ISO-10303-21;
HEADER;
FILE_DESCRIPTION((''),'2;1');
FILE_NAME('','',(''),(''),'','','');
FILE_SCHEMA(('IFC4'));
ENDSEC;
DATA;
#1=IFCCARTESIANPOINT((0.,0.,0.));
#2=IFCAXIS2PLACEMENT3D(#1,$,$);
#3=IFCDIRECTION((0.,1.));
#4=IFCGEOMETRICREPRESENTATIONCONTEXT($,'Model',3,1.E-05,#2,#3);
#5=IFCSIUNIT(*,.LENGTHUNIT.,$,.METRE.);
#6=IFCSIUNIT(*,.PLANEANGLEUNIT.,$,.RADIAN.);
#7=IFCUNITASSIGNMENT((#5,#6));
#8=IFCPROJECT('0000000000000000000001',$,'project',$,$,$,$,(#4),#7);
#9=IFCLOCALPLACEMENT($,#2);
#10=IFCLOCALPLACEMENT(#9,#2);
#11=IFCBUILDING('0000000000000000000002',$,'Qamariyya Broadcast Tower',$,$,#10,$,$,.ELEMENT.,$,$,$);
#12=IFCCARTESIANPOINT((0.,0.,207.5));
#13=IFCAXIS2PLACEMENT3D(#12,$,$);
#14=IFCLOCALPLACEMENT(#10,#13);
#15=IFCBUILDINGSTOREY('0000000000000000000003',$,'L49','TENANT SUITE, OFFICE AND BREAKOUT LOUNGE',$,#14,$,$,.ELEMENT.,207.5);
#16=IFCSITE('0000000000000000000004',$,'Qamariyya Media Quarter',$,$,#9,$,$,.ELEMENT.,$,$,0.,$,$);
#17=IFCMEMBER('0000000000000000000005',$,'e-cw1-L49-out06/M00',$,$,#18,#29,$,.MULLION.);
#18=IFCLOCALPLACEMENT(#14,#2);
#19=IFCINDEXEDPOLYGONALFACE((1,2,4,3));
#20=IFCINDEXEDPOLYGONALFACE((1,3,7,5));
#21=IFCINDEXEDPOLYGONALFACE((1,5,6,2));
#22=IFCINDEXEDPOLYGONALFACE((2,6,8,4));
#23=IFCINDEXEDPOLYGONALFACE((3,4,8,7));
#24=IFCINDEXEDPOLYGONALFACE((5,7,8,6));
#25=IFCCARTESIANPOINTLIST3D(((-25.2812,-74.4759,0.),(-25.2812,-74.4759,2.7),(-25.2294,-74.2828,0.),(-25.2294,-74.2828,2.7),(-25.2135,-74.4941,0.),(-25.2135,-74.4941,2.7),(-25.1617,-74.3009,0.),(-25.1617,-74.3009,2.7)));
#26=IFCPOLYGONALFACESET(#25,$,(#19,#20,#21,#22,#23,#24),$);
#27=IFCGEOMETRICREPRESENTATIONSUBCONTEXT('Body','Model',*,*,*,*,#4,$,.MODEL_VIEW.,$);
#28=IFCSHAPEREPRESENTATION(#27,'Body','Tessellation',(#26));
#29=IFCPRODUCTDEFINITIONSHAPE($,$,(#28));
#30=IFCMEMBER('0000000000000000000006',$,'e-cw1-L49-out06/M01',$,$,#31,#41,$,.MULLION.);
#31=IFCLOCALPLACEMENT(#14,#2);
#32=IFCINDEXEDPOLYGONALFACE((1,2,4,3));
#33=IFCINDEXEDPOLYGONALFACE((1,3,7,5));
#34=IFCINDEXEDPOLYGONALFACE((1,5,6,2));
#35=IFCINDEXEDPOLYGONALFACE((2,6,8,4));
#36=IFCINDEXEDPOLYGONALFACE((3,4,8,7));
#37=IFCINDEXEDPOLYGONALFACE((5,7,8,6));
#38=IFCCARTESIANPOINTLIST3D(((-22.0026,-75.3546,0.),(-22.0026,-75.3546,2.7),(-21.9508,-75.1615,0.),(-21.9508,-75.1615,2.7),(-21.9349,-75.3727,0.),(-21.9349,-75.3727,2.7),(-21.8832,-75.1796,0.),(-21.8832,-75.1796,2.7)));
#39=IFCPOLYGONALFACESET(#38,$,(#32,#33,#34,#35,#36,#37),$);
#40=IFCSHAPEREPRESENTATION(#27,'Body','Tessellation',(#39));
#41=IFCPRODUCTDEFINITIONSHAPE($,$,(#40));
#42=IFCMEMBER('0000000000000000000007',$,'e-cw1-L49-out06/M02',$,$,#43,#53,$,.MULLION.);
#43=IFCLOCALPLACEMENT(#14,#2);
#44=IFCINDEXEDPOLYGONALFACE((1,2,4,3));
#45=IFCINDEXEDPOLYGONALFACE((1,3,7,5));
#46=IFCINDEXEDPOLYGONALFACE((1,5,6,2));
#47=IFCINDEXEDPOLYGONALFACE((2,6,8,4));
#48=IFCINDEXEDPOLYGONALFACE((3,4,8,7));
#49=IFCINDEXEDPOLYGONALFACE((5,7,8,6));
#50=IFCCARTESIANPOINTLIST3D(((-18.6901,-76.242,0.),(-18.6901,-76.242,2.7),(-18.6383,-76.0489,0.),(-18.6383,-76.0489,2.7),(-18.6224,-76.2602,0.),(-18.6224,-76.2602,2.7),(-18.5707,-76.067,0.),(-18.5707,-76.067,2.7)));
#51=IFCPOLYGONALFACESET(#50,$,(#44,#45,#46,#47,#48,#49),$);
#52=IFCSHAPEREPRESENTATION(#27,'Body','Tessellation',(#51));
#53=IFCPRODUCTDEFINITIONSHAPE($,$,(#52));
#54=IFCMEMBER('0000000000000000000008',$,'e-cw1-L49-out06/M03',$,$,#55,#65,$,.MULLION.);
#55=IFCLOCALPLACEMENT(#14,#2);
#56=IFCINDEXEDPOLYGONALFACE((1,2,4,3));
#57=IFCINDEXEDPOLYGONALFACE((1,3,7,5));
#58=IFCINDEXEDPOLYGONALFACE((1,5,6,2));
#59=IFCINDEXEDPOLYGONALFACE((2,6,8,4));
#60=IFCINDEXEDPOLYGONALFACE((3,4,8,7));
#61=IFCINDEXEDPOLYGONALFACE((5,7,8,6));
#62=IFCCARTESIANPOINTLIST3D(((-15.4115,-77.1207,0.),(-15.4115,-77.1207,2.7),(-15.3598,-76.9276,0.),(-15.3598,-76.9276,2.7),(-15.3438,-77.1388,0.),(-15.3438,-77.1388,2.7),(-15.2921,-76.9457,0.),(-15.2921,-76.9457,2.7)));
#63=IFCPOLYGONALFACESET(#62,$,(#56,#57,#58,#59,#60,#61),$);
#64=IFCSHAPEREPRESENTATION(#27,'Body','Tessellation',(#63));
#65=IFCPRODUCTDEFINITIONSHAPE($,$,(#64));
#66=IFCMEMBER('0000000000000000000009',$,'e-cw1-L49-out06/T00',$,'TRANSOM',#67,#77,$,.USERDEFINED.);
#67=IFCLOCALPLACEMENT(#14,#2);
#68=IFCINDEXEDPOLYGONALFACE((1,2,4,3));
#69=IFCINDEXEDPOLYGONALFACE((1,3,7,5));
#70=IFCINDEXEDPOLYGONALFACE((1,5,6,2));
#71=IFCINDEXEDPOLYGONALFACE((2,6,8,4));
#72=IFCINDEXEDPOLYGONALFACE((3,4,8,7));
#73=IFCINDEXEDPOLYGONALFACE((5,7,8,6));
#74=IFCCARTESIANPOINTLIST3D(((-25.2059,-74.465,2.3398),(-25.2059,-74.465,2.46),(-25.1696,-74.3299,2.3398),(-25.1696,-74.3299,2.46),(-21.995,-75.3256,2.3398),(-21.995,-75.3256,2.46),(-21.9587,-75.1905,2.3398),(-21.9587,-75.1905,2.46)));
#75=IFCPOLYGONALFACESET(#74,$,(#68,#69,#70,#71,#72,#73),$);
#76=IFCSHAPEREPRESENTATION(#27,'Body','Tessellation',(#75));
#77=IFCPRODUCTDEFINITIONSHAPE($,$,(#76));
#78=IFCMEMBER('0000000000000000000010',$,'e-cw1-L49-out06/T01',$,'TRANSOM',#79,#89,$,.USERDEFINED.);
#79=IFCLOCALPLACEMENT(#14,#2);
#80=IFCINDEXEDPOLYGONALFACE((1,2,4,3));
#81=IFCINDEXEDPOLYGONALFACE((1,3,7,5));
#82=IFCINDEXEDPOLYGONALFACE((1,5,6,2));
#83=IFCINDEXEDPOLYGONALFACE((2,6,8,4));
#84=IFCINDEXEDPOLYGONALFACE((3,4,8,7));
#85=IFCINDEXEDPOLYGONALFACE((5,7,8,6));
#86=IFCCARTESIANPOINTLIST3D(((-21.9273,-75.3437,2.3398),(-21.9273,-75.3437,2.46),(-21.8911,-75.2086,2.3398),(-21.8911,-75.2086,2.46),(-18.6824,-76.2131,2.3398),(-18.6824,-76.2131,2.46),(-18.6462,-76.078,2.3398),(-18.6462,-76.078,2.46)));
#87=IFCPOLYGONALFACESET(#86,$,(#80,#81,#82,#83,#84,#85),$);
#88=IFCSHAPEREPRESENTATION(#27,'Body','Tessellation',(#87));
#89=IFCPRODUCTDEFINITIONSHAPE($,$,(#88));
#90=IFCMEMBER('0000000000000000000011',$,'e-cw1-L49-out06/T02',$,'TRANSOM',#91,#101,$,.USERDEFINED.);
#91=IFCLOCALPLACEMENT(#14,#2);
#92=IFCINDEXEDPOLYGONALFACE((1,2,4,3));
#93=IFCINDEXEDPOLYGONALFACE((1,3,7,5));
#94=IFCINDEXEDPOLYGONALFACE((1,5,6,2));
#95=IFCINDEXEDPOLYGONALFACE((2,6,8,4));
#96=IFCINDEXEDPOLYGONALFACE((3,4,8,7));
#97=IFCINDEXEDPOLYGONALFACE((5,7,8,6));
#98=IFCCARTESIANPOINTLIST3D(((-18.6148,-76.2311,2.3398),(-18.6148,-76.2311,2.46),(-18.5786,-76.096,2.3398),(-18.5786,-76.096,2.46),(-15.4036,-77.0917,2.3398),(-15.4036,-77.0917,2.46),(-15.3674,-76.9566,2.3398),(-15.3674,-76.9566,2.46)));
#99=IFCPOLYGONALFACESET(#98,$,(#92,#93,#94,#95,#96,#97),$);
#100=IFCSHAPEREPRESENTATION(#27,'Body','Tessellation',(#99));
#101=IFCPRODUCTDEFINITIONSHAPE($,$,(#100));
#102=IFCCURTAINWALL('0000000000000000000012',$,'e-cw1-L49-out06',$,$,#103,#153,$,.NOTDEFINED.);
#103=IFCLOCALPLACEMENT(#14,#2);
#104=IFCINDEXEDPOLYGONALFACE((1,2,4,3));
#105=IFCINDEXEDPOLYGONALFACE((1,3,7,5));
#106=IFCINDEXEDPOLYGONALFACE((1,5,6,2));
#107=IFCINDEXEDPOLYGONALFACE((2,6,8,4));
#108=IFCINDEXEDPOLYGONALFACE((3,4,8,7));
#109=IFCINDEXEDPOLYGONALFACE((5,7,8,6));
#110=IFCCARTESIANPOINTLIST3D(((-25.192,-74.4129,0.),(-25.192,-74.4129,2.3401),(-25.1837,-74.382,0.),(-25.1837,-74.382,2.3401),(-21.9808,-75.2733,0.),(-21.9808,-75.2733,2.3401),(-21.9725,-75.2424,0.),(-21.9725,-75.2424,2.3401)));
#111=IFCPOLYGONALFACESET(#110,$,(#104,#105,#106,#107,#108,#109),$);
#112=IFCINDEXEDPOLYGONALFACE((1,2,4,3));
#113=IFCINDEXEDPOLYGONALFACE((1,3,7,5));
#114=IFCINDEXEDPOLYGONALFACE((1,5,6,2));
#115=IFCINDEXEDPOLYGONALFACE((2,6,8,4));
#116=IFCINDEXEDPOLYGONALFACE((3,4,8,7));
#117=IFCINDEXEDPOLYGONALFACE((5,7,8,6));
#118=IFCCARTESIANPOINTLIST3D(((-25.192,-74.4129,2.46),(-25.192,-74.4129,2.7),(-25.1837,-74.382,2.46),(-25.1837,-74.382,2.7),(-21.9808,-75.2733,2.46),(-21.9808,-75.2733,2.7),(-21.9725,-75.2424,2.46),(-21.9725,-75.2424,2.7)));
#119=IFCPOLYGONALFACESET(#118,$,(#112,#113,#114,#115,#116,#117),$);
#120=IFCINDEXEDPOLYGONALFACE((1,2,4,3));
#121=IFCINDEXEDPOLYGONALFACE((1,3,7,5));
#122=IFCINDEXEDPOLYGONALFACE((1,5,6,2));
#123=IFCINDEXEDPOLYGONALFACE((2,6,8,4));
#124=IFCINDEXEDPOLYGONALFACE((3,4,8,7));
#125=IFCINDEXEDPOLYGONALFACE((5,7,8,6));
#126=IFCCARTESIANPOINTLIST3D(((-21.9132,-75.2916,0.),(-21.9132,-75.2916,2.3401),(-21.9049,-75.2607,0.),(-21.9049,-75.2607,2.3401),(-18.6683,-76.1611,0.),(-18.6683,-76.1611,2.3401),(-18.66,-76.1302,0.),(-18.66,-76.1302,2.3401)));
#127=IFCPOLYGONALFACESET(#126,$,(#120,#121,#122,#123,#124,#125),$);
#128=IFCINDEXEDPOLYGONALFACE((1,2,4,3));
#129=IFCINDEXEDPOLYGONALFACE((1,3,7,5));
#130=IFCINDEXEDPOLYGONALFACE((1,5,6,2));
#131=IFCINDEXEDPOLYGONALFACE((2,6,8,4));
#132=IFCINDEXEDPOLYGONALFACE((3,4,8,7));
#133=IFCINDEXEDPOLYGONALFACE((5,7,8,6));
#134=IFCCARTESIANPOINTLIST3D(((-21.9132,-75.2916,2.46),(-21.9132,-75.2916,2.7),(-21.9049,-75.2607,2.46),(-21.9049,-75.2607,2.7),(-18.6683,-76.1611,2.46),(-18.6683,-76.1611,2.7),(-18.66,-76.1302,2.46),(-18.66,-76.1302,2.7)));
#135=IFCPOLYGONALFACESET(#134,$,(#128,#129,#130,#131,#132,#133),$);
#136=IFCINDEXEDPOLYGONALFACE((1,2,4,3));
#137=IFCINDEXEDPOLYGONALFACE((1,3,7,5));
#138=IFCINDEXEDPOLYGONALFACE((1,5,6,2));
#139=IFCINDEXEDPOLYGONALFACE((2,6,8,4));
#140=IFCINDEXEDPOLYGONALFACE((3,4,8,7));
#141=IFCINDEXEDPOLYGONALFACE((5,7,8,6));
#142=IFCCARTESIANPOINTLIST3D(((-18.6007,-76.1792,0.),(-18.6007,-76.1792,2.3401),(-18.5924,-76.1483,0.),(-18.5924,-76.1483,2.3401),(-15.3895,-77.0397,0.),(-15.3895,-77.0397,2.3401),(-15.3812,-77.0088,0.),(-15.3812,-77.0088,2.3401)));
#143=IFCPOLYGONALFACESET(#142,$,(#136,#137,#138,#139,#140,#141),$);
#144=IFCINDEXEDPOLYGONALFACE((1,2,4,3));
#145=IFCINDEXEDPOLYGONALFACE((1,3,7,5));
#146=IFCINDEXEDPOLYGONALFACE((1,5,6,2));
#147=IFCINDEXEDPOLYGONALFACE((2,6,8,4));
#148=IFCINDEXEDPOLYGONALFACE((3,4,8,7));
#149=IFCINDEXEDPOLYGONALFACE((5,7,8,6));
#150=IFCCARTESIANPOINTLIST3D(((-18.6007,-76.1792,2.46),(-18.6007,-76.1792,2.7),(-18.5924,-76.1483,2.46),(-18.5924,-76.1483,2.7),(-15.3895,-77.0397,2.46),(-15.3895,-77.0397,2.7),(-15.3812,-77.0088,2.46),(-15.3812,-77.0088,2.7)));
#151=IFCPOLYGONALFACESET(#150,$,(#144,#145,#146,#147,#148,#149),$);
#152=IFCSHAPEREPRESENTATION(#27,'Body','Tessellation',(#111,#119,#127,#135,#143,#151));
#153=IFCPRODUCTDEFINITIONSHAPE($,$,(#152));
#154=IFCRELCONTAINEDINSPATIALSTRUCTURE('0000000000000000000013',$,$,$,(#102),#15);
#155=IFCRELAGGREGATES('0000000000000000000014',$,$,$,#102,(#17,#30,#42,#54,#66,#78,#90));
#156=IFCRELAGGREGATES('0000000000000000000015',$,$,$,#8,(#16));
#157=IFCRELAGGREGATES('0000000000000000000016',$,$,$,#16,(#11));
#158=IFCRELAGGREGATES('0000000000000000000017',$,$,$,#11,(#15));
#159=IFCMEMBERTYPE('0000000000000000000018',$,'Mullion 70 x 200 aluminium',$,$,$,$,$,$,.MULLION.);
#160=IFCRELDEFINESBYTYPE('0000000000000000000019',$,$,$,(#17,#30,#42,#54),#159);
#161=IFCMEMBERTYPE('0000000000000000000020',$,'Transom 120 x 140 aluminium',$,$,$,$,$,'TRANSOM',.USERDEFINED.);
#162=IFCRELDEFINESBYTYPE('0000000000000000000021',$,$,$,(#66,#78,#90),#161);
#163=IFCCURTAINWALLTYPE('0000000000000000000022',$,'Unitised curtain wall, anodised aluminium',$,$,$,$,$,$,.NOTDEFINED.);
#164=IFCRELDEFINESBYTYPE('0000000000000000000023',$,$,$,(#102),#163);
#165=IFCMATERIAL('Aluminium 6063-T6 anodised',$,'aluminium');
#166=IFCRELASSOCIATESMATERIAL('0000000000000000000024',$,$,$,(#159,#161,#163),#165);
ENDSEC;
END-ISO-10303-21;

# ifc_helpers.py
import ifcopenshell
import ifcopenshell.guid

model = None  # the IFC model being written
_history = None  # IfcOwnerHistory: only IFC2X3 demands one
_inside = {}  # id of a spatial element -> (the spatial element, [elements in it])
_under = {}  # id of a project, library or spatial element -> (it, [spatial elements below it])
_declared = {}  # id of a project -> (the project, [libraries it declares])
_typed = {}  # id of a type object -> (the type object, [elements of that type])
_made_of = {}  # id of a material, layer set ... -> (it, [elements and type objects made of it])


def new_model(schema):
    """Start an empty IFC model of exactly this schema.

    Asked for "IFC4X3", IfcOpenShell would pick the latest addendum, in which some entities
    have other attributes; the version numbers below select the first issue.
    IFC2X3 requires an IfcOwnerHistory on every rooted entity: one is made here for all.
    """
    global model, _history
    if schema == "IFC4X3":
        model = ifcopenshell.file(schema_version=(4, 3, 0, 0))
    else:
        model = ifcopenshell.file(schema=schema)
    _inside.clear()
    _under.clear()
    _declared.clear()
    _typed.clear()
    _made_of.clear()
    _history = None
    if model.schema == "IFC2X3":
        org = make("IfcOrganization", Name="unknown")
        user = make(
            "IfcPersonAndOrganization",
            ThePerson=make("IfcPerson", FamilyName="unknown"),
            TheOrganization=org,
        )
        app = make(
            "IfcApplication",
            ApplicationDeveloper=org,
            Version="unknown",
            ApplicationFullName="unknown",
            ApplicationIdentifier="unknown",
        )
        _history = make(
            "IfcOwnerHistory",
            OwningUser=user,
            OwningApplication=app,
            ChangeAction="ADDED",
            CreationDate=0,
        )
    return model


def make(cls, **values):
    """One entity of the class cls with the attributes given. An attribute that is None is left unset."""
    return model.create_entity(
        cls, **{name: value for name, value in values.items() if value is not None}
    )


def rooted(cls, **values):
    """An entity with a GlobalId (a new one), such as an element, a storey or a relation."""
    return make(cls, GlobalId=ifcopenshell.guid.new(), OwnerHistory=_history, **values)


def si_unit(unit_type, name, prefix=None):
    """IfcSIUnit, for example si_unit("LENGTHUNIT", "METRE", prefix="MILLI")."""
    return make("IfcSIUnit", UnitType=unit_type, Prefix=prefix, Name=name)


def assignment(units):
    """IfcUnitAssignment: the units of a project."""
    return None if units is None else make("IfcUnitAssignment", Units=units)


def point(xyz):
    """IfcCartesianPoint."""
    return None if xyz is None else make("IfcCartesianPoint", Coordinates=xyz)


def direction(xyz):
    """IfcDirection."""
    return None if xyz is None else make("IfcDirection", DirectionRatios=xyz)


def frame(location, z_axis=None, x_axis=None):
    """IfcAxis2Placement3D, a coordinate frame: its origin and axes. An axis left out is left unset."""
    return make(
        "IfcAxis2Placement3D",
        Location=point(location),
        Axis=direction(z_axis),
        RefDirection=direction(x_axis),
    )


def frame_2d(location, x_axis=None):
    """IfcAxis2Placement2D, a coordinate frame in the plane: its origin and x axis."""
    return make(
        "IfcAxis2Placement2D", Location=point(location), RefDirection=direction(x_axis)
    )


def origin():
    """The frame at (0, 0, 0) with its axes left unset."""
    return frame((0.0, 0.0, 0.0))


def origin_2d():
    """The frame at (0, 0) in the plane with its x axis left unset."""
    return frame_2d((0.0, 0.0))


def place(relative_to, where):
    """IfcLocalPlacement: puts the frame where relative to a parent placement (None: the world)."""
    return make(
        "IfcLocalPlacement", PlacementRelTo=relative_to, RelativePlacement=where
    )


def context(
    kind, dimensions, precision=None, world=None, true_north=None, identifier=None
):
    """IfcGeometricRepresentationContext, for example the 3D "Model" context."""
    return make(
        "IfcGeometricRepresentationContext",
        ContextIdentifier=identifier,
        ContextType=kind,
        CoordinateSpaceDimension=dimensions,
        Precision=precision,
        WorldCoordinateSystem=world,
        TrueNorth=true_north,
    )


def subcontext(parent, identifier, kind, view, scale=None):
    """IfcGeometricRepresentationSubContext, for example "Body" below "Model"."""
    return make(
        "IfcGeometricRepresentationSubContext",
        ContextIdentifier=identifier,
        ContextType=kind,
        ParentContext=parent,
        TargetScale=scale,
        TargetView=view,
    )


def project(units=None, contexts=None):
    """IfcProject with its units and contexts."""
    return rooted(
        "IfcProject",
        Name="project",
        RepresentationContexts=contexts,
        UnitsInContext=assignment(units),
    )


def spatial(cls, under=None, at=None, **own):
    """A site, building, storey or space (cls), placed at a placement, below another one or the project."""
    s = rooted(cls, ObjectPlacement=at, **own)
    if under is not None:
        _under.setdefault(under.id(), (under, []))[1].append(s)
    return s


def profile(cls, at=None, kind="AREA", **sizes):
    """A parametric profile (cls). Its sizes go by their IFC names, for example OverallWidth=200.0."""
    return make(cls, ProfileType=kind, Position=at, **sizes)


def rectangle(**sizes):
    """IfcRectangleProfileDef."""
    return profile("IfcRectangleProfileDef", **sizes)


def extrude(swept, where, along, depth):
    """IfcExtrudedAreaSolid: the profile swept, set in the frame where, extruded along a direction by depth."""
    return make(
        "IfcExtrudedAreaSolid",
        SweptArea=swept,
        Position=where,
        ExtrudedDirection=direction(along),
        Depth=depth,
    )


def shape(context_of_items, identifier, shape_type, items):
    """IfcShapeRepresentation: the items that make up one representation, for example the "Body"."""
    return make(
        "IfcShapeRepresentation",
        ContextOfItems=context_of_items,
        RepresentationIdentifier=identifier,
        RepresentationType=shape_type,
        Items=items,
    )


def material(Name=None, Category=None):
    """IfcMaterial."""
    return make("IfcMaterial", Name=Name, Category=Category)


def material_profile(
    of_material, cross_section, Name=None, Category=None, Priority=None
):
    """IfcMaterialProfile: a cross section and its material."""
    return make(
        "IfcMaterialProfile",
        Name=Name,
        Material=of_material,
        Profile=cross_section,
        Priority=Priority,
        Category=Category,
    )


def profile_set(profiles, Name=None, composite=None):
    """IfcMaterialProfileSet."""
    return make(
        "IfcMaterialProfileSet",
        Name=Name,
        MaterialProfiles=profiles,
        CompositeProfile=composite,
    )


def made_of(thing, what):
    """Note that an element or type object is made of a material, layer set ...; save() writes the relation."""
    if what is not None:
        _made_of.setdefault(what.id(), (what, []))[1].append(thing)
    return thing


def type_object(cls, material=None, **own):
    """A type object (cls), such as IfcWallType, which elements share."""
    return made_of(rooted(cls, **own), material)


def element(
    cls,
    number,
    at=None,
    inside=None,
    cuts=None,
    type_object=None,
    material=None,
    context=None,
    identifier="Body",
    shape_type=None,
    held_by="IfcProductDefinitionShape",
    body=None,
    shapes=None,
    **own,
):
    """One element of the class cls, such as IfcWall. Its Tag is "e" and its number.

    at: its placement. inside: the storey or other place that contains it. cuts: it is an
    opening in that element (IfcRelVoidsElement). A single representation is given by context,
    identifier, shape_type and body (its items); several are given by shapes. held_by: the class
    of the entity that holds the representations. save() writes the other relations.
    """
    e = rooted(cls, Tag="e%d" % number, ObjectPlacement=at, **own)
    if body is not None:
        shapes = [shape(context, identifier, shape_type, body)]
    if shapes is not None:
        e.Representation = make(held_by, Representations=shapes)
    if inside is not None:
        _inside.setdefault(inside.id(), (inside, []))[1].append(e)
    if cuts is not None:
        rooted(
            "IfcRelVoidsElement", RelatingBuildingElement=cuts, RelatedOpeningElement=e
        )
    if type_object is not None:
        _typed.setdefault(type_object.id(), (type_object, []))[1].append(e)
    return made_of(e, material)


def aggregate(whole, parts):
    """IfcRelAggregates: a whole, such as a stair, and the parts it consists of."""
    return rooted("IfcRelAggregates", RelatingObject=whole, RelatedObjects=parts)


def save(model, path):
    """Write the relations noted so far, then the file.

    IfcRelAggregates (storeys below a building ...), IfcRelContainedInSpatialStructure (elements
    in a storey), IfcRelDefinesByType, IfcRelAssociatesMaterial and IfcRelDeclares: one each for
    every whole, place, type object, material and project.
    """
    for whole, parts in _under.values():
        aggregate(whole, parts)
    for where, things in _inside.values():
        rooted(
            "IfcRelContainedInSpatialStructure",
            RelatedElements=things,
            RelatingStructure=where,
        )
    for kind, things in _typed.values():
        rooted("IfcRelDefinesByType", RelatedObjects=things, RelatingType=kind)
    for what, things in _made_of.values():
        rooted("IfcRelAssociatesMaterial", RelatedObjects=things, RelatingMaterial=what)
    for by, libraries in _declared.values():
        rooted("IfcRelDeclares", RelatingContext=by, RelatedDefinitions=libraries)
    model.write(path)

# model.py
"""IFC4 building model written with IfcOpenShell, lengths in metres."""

from ifc_helpers import new_model, si_unit, direction, frame, origin, origin_2d, place, context, subcontext, project, spatial, rectangle, extrude, material, material_profile, profile_set, type_object, element, aggregate, save


model = new_model("IFC4")

# Units and contexts
model_context = context("Model", 3, precision=1e-05, world=origin(), true_north=direction((0.0, 1.0)))
body_context = subcontext(model_context, "Body", "Model", "MODEL_VIEW")
ifc_project = project(units=[si_unit("LENGTHUNIT", "METRE"), si_unit("PLANEANGLEUNIT", "RADIAN")], contexts=[model_context])

# Members
ifc_material = material(Name="Aluminium 6063-T6 anodised", Category="aluminium")
ifc_material_profile_1 = material_profile(ifc_material, rectangle(XDim=0.2, YDim=0.0701, at=origin_2d()))
ifc_profile_set_1 = profile_set([ifc_material_profile_1], Name="Aluminium 6063-T6 anodised")
member_type_1 = type_object("IfcMemberType", Name="Mullion 70 x 200 aluminium", PredefinedType="MULLION", material=ifc_profile_set_1)
site_placement = place(None, origin())
building_placement = place(site_placement, origin())
storey_placement = place(building_placement, frame((0.0, 0.0, 207.5)))
member_1_placement = place(storey_placement, frame((-25.2214, -74.3884, 0.0), z_axis=(0.0, 0.0, 1.0), x_axis=(0.258819, 0.965926, 0.0)))
member_1 = element("IfcMember", 1, at=member_1_placement, type_object=member_type_1, Name="e-cw1-L49-out06/M00", PredefinedType="MULLION", context=body_context, shape_type="SweptSolid", body=[
    extrude(rectangle(XDim=0.2, YDim=0.0701, at=origin_2d()), origin(), (0.0, 0.0, 1.0), 2.7),
])
member_2_placement = place(storey_placement, frame((-21.9429, -75.2671, 0.0), z_axis=(0.0, 0.0, 1.0), x_axis=(0.258819, 0.965926, 0.0)))
member_2 = element("IfcMember", 2, at=member_2_placement, type_object=member_type_1, Name="e-cw1-L49-out06/M01", PredefinedType="MULLION", context=body_context, shape_type="SweptSolid", body=[
    extrude(rectangle(XDim=0.2, YDim=0.0701, at=origin_2d()), origin(), (0.0, 0.0, 1.0), 2.7),
])
member_3_placement = place(storey_placement, frame((-18.6304, -76.1545, 0.0), z_axis=(0.0, 0.0, 1.0), x_axis=(0.258819, 0.965926, 0.0)))
member_3 = element("IfcMember", 3, at=member_3_placement, type_object=member_type_1, Name="e-cw1-L49-out06/M02", PredefinedType="MULLION", context=body_context, shape_type="SweptSolid", body=[
    extrude(rectangle(XDim=0.2, YDim=0.0701, at=origin_2d()), origin(), (0.0, 0.0, 1.0), 2.7),
])
member_4_placement = place(storey_placement, frame((-15.3518, -77.0332, 0.0), z_axis=(0.0, 0.0, 1.0), x_axis=(0.258819, 0.965926, 0.0)))
member_4 = element("IfcMember", 4, at=member_4_placement, type_object=member_type_1, Name="e-cw1-L49-out06/M03", PredefinedType="MULLION", context=body_context, shape_type="SweptSolid", body=[
    extrude(rectangle(XDim=0.2, YDim=0.0701, at=origin_2d()), origin(), (0.0, 0.0, 1.0), 2.7),
])
ifc_material_profile_2 = material_profile(ifc_material, rectangle(XDim=0.1399, YDim=0.1201, at=origin_2d()))
ifc_profile_set_2 = profile_set([ifc_material_profile_2], Name="Aluminium 6063-T6 anodised")
member_type_2 = type_object("IfcMemberType", Name="Transom 120 x 140 aluminium", ElementType="TRANSOM", PredefinedType="USERDEFINED", material=ifc_profile_set_2)
member_5_placement = place(storey_placement, frame((-25.1877, -74.3975, 2.3999), z_axis=(0.965909, -0.258883, 0.0), x_axis=(0.258883, 0.965909, 0.0)))
member_5 = element("IfcMember", 5, at=member_5_placement, type_object=member_type_2, Name="e-cw1-L49-out06/T00", ObjectType="TRANSOM", PredefinedType="USERDEFINED", context=body_context, shape_type="SweptSolid", body=[
    extrude(rectangle(XDim=0.1399, YDim=0.1201, at=origin_2d()), origin(), (0.0, 0.0, 1.0), 3.3242),
])
member_6_placement = place(storey_placement, frame((-21.9092, -75.2761, 2.3999), z_axis=(0.965932, -0.258798, 0.0), x_axis=(0.258798, 0.965932, 0.0)))
member_6 = element("IfcMember", 6, at=member_6_placement, type_object=member_type_2, Name="e-cw1-L49-out06/T01", ObjectType="TRANSOM", PredefinedType="USERDEFINED", context=body_context, shape_type="SweptSolid", body=[
    extrude(rectangle(XDim=0.1399, YDim=0.1201, at=origin_2d()), origin(), (0.0, 0.0, 1.0), 3.3594),
])
member_7_placement = place(storey_placement, frame((-18.5967, -76.1636, 2.3999), z_axis=(0.965914, -0.258865, 0.0), x_axis=(0.258865, 0.965914, 0.0)))
member_7 = element("IfcMember", 7, at=member_7_placement, type_object=member_type_2, Name="e-cw1-L49-out06/T02", ObjectType="TRANSOM", PredefinedType="USERDEFINED", context=body_context, shape_type="SweptSolid", body=[
    extrude(rectangle(XDim=0.1399, YDim=0.1201, at=origin_2d()), origin(), (0.0, 0.0, 1.0), 3.3245),
])

# Site, building, storey
site = spatial("IfcSite", under=ifc_project, at=site_placement, Name="Qamariyya Media Quarter", CompositionType="ELEMENT", RefElevation=0.0)
building = spatial("IfcBuilding", under=site, at=building_placement, Name="Qamariyya Broadcast Tower", CompositionType="ELEMENT")
storey = spatial("IfcBuildingStorey", under=building, at=storey_placement, Name="L49", Description="TENANT SUITE, OFFICE AND BREAKOUT LOUNGE", CompositionType="ELEMENT", Elevation=207.5)

# Curtain wall
curtain_wall_type = type_object("IfcCurtainWallType", Name="Unitised curtain wall, anodised aluminium", PredefinedType="NOTDEFINED", material=ifc_material)
curtain_wall_1_placement = place(storey_placement, origin())
curtain_wall_1 = element("IfcCurtainWall", 8, at=curtain_wall_1_placement, inside=storey, type_object=curtain_wall_type, Name="e-cw1-L49-out06", PredefinedType="NOTDEFINED", context=body_context, shape_type="SweptSolid", body=[
    extrude(rectangle(XDim=3.3245, YDim=0.032, at=origin_2d()), frame((-23.5823, -74.8276, 0.0), x_axis=(0.965923, -0.258828, 0.0)), (0.0, 0.0, 1.0), 2.3401),
    extrude(rectangle(XDim=3.3245, YDim=0.032, at=origin_2d()), frame((-23.5823, -74.8276, 2.46), x_axis=(0.965923, -0.258828, 0.0)), (0.0, 0.0, 1.0), 0.24),
    extrude(rectangle(XDim=3.3594, YDim=0.032, at=origin_2d()), frame((-20.2866, -75.7109, 0.0), x_axis=(0.965923, -0.258828, 0.0)), (0.0, 0.0, 1.0), 2.3401),
    extrude(rectangle(XDim=3.3594, YDim=0.032, at=origin_2d()), frame((-20.2866, -75.7109, 2.46), x_axis=(0.965923, -0.258828, 0.0)), (0.0, 0.0, 1.0), 0.24),
    extrude(rectangle(XDim=3.3245, YDim=0.032, at=origin_2d()), frame((-16.991, -76.594, 0.0), x_axis=(0.965923, -0.258828, 0.0)), (0.0, 0.0, 1.0), 2.3401),
    extrude(rectangle(XDim=3.3245, YDim=0.032, at=origin_2d()), frame((-16.991, -76.594, 2.46), x_axis=(0.965923, -0.258828, 0.0)), (0.0, 0.0, 1.0), 0.24),
])
aggregate(curtain_wall_1, [member_1, member_2, member_3, member_4, member_5, member_6, member_7])

save(model, "model.ifc")
